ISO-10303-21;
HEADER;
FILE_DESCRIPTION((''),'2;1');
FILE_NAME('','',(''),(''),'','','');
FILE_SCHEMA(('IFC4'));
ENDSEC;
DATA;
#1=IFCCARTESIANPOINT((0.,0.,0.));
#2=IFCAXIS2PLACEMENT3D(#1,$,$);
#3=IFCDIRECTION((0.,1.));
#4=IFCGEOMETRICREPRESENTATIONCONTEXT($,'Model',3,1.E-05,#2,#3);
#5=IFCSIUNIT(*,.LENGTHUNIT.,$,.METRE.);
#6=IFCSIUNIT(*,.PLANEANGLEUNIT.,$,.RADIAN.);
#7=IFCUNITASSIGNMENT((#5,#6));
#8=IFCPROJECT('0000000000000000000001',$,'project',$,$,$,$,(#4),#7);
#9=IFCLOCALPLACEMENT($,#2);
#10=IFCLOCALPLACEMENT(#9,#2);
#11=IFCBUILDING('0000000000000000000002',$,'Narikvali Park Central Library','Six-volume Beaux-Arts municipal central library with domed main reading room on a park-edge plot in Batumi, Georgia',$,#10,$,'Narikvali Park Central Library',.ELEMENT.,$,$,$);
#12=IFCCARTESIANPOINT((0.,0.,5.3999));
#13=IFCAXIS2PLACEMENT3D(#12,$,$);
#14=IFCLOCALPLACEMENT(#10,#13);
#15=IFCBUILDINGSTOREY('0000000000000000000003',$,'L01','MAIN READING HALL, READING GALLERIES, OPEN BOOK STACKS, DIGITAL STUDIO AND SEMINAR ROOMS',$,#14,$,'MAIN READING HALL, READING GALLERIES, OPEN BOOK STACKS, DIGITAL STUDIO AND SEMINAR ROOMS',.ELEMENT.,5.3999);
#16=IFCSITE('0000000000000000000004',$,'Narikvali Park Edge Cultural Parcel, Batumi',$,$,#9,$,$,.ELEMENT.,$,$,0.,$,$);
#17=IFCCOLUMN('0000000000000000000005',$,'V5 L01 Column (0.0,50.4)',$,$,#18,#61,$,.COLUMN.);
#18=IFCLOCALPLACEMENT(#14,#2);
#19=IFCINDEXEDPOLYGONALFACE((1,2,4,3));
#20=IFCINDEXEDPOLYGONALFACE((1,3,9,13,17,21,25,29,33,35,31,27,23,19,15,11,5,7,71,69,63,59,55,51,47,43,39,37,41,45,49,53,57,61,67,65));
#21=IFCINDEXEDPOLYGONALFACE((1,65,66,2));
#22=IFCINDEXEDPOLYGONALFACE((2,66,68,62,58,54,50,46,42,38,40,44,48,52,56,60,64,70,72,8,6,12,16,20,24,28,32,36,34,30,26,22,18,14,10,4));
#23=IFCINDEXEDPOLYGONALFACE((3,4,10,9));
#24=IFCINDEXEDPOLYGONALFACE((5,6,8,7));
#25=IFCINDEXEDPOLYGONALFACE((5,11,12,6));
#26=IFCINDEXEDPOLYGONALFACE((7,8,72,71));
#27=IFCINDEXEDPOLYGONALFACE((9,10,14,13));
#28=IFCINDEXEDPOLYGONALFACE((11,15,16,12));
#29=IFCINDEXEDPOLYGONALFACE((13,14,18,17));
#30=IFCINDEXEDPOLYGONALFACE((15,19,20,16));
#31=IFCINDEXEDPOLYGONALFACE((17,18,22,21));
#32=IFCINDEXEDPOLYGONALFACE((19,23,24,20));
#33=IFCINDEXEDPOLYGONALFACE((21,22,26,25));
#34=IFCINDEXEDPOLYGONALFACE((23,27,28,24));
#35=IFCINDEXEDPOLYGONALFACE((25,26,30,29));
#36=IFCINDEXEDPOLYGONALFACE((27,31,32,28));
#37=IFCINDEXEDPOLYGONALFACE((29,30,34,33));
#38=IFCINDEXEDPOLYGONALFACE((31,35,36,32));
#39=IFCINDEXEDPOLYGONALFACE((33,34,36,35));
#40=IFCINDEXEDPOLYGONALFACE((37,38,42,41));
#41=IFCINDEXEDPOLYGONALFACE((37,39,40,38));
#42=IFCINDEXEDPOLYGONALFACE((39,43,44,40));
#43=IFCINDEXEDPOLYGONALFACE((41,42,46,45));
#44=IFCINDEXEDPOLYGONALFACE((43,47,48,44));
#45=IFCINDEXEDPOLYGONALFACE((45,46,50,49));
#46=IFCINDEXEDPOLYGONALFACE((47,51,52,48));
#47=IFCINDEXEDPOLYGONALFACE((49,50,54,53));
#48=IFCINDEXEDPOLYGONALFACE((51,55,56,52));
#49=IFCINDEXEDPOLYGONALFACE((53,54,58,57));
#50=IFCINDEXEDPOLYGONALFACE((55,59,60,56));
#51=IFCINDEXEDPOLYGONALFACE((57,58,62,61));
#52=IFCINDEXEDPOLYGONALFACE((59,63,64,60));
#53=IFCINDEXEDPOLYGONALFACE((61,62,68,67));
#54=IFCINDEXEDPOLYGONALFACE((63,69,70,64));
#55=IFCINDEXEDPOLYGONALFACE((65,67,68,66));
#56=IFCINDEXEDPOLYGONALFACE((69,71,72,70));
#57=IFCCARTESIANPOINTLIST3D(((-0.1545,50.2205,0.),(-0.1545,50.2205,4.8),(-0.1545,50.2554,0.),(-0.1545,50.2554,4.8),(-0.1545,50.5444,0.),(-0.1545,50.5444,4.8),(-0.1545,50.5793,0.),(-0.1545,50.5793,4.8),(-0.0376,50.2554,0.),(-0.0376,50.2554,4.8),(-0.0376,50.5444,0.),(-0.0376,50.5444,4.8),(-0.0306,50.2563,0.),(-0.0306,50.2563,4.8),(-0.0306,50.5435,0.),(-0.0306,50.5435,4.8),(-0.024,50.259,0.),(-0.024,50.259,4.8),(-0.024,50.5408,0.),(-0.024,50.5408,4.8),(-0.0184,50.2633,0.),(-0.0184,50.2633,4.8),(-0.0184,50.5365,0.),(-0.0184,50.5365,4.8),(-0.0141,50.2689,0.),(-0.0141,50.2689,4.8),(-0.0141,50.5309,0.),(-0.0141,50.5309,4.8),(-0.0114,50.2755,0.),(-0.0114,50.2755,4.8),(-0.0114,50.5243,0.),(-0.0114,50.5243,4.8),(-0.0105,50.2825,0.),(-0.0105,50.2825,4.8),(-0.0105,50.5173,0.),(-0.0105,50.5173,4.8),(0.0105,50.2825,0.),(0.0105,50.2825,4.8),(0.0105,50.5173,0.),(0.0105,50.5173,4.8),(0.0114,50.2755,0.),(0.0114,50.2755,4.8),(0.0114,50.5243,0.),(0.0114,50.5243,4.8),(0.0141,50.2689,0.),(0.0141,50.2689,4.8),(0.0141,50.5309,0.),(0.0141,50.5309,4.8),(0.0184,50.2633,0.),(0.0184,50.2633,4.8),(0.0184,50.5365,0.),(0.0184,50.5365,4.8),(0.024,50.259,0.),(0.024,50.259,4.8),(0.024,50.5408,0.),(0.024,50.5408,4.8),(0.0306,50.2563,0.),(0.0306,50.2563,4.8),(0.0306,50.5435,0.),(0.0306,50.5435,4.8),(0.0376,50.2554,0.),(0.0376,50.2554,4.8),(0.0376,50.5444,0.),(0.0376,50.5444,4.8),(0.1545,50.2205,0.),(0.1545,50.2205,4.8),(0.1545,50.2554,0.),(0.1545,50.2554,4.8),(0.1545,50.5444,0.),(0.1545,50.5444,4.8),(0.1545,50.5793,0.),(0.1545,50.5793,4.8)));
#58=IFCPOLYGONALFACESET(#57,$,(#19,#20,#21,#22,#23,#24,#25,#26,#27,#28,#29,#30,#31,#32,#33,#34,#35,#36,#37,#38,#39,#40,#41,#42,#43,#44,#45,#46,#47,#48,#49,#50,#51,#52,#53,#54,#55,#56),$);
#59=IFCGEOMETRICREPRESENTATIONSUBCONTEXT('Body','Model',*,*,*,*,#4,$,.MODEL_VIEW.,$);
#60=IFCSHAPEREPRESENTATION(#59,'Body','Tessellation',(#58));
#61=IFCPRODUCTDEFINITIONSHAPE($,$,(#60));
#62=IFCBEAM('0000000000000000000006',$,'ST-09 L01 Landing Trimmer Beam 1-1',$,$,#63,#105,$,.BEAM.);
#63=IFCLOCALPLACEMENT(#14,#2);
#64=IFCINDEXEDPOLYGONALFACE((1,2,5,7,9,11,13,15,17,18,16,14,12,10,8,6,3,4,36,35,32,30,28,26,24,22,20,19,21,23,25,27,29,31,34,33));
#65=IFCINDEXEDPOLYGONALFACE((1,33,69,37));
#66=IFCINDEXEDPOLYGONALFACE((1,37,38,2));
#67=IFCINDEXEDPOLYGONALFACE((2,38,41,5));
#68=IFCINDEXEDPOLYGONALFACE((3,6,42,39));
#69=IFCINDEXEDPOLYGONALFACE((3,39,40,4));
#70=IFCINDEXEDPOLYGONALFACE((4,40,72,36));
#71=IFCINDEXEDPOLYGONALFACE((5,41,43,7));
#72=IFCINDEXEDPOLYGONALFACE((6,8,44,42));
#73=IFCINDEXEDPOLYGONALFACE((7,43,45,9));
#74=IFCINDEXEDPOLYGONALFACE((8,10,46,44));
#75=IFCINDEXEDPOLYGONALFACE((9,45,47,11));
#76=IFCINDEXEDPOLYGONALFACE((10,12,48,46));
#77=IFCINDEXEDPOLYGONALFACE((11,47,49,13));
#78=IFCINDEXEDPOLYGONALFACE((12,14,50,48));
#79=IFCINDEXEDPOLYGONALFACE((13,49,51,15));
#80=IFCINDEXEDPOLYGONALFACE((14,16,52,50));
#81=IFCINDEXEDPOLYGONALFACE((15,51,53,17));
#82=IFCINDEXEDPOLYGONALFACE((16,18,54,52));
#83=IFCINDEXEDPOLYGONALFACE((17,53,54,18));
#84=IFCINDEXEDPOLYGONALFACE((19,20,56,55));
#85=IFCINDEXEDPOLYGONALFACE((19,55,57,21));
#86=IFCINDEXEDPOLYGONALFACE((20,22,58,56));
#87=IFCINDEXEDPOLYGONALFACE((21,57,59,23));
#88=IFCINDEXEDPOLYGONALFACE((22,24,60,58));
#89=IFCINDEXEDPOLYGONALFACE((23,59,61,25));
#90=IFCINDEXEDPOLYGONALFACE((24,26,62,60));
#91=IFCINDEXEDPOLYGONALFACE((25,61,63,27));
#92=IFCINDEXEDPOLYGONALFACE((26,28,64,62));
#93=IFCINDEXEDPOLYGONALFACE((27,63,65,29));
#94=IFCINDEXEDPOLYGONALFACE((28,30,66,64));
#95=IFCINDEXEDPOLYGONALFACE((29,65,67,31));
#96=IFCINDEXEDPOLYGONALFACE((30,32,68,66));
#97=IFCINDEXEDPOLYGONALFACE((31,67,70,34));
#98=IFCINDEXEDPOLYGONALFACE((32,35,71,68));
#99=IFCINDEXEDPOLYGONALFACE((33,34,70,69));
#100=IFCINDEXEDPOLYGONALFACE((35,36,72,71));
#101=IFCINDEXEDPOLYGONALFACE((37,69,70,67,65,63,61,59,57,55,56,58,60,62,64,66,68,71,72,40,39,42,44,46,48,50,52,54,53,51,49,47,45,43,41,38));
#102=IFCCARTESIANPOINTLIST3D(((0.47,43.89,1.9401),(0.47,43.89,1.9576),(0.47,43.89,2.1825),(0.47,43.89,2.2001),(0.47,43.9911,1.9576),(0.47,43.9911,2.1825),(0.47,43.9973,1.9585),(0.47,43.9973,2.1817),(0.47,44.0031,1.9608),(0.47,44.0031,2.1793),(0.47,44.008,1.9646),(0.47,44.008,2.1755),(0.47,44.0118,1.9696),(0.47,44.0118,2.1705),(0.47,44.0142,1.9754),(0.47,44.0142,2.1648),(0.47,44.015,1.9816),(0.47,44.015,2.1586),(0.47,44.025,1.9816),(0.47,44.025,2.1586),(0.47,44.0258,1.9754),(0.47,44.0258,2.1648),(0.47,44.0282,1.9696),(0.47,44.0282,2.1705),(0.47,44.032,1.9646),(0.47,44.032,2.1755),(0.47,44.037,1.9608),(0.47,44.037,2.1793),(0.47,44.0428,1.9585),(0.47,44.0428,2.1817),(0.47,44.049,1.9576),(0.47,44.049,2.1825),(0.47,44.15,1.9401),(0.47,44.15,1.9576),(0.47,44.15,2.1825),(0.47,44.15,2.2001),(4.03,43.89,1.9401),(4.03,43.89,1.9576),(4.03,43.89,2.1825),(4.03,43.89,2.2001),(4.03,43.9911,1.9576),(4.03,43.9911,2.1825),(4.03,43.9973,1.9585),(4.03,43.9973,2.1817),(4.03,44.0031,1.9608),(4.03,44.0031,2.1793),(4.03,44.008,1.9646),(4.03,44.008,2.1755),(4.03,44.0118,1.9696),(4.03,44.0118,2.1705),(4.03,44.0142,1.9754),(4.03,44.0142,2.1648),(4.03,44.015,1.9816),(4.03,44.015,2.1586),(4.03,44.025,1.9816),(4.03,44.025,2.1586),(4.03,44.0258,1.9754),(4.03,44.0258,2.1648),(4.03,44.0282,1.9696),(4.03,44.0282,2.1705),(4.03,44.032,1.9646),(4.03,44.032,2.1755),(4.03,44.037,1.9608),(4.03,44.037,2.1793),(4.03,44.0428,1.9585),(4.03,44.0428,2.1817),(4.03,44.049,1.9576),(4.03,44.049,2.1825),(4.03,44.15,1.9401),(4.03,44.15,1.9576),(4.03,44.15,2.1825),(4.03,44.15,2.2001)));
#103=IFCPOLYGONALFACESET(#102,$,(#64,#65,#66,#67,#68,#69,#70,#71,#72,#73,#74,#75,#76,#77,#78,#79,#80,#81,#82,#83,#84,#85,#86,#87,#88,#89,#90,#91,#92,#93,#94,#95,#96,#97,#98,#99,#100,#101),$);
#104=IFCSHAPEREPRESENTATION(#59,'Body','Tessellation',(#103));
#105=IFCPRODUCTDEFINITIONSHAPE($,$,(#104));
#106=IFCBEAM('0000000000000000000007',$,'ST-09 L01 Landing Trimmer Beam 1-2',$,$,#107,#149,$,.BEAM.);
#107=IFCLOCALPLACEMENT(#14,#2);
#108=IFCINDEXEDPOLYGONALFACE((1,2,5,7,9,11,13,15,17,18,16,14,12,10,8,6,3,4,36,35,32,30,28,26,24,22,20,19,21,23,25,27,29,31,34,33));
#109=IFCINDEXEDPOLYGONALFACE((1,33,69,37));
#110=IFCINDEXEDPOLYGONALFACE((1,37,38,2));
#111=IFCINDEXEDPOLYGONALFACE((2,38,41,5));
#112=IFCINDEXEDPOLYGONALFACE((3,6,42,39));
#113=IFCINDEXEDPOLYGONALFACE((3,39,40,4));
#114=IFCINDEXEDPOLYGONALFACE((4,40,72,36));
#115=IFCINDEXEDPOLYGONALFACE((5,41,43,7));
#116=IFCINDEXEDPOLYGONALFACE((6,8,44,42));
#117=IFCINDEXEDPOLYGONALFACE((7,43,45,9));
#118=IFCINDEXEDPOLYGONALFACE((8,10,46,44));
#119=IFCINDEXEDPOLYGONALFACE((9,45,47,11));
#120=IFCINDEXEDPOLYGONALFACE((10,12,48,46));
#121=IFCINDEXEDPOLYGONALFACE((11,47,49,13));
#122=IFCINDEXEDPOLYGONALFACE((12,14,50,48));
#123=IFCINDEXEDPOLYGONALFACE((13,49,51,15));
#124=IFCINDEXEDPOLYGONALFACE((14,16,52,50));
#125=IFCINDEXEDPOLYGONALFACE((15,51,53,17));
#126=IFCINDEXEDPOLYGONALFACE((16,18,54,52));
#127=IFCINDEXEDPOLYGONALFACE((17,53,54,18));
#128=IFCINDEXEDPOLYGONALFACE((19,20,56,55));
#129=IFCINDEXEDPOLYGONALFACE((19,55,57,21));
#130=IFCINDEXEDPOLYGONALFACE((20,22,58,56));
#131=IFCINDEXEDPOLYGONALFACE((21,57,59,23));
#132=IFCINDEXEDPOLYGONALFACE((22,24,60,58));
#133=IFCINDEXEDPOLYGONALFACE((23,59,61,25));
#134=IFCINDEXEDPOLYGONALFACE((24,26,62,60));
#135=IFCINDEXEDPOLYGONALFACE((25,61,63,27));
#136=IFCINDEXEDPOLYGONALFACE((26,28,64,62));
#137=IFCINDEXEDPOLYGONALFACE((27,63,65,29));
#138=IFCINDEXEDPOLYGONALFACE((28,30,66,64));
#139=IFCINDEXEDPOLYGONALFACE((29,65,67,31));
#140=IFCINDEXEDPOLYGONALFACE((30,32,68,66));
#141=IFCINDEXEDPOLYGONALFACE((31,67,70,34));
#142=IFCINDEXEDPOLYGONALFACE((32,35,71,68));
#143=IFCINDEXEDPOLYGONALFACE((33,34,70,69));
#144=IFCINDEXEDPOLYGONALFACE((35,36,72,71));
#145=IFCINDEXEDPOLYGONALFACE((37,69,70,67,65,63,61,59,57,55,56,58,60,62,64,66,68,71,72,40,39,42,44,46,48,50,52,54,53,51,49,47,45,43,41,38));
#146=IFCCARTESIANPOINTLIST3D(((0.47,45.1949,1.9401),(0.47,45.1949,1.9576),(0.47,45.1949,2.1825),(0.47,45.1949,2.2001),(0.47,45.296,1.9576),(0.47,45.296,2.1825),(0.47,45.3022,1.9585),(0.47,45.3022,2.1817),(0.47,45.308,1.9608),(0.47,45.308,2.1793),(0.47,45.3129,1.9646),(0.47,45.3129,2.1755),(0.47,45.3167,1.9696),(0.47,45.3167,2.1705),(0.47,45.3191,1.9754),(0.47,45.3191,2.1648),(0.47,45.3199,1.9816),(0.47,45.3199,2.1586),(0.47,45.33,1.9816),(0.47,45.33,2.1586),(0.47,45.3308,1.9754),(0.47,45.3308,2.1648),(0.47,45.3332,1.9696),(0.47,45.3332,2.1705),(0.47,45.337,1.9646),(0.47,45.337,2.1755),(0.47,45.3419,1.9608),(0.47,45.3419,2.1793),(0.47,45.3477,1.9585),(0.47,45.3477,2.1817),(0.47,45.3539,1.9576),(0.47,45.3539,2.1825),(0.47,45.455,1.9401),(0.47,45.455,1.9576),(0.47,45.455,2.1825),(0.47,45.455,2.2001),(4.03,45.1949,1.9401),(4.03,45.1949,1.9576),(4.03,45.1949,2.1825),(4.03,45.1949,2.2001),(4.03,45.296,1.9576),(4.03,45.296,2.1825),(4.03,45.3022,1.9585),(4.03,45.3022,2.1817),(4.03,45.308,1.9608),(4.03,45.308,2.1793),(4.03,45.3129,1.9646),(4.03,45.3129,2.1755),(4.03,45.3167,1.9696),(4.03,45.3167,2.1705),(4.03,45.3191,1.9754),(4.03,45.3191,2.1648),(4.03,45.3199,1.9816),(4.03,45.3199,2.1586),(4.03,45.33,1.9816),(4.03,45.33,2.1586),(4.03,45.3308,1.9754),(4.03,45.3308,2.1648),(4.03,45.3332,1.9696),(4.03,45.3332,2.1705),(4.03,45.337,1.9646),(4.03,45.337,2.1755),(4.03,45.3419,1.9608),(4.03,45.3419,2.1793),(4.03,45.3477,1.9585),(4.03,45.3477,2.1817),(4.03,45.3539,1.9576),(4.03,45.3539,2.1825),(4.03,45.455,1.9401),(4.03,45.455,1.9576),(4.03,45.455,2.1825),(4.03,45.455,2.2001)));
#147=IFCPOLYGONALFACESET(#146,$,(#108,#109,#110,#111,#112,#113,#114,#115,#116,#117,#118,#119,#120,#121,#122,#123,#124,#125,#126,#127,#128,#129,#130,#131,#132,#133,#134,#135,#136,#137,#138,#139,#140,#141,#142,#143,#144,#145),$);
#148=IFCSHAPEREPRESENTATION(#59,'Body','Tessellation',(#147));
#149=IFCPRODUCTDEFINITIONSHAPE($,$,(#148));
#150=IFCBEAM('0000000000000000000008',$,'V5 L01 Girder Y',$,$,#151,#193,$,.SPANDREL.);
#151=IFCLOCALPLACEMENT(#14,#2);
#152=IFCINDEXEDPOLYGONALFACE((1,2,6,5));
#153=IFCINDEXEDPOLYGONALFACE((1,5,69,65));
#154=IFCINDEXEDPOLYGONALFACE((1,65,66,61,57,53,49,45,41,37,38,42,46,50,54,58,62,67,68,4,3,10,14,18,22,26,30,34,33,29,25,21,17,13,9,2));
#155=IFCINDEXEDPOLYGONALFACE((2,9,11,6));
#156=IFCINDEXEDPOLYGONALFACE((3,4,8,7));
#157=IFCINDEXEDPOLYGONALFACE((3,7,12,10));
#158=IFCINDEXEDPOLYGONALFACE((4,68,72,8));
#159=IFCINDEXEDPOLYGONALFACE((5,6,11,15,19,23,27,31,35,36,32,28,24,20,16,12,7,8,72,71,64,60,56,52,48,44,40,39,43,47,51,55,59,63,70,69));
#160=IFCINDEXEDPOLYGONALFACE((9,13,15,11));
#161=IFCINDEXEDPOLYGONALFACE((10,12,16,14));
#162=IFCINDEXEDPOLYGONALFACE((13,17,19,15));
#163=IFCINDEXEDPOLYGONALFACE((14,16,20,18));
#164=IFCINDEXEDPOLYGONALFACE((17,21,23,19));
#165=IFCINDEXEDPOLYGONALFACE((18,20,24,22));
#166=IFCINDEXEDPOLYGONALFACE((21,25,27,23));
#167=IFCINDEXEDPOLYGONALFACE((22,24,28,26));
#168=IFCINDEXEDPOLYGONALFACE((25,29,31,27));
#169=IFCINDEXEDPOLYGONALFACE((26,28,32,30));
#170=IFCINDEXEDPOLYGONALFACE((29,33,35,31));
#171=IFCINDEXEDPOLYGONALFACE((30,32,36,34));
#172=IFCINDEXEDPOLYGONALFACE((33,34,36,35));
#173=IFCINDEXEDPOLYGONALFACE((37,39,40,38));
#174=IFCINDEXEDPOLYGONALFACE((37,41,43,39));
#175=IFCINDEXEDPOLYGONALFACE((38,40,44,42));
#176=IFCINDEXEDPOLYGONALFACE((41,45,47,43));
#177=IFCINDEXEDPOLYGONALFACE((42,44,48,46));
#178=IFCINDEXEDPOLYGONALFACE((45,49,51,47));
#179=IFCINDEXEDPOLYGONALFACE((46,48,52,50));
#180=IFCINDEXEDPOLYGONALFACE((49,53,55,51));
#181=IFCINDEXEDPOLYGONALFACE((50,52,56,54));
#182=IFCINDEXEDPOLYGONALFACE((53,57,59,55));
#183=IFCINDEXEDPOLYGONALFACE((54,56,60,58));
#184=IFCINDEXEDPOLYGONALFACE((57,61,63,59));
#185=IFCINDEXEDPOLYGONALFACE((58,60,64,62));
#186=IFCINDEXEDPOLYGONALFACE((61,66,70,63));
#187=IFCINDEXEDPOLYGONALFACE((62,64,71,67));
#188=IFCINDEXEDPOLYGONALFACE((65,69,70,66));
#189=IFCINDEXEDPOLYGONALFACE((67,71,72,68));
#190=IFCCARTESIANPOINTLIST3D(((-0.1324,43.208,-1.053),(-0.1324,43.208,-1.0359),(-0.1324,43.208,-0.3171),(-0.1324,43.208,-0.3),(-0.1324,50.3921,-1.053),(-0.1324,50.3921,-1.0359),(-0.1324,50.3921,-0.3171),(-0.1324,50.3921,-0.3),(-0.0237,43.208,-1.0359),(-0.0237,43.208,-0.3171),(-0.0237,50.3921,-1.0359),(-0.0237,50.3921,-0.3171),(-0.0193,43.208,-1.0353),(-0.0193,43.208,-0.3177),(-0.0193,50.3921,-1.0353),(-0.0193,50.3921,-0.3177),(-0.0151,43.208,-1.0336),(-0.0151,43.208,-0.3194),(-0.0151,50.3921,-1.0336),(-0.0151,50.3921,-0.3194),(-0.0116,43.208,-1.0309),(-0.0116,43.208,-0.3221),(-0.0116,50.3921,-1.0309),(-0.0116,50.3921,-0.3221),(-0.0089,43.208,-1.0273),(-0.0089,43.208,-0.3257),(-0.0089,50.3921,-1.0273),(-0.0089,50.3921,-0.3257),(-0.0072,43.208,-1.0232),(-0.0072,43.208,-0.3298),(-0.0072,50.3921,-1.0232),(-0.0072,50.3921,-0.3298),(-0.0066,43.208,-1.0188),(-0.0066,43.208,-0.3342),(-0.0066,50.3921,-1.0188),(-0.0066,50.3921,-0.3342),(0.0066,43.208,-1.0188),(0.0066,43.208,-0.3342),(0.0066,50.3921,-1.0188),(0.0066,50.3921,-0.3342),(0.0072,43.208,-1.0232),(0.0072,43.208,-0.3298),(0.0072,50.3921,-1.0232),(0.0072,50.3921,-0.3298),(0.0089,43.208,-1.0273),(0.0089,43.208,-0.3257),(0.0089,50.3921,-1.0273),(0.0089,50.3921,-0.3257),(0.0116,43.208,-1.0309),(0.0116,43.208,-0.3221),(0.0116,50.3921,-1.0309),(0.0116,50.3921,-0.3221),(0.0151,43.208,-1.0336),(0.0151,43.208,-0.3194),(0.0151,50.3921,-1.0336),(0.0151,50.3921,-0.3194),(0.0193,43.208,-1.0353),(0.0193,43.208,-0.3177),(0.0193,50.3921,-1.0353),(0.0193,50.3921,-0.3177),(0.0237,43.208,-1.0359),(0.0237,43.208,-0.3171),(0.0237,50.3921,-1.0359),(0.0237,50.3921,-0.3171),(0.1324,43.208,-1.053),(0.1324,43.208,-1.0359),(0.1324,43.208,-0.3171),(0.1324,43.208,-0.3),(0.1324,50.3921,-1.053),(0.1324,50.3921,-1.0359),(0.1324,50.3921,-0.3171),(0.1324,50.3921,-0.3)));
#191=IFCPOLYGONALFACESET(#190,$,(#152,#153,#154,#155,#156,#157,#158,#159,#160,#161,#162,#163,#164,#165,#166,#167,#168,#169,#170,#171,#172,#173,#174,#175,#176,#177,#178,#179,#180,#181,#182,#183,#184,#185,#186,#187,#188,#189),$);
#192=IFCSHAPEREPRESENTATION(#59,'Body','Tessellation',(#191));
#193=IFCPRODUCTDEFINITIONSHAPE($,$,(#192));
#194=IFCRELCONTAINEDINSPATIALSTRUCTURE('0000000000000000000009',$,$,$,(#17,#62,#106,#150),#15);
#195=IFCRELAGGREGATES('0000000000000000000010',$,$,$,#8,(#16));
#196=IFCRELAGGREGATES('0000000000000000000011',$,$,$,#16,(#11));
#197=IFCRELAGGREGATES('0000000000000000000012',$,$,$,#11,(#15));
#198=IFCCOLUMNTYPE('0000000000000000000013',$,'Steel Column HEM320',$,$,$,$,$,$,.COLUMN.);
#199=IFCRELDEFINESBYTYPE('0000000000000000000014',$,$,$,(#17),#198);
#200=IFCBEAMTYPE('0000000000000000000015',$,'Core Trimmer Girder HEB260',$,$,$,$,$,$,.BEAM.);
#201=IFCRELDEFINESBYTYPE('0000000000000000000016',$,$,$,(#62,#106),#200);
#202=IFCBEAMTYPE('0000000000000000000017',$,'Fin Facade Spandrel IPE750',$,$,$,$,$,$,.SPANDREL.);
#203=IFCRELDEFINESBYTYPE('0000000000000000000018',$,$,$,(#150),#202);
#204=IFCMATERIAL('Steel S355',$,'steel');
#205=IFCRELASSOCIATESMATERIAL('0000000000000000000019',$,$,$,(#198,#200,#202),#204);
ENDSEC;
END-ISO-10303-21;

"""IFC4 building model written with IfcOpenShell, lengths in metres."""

from ifc_helpers import new_model, si_unit, direction, frame, origin, origin_2d, place, context, subcontext, project, spatial, i_section, extrude, material, material_profile, profile_set, type_object, element, save


model = new_model("IFC4")

# Units and contexts
model_context = context("Model", 3, precision=1e-05, world=origin(), true_north=direction((0.0, 1.0)))
body_context = subcontext(model_context, "Body", "Model", "MODEL_VIEW")
ifc_project = project(units=[si_unit("LENGTHUNIT", "METRE"), si_unit("PLANEANGLEUNIT", "RADIAN")], contexts=[model_context])

# Site, building, storey
site_placement = place(None, origin())
site = spatial("IfcSite", under=ifc_project, at=site_placement, Name="Narikvali Park Edge Cultural Parcel, Batumi", CompositionType="ELEMENT", RefElevation=0.0)
building_placement = place(site_placement, origin())
building = spatial("IfcBuilding", under=site, at=building_placement, Name="Narikvali Park Central Library", Description="Six-volume Beaux-Arts municipal central library with domed main reading room on a park-edge plot in Batumi, Georgia", LongName="Narikvali Park Central Library", CompositionType="ELEMENT")
storey_placement = place(building_placement, frame((0.0, 0.0, 5.3999)))
storey = spatial("IfcBuildingStorey", under=building, at=storey_placement, Name="L01", Description="MAIN READING HALL, READING GALLERIES, OPEN BOOK STACKS, DIGITAL STUDIO AND SEMINAR ROOMS", LongName="MAIN READING HALL, READING GALLERIES, OPEN BOOK STACKS, DIGITAL STUDIO AND SEMINAR ROOMS", CompositionType="ELEMENT", Elevation=5.3999)

# Column
ifc_material_1 = material(Name="Steel S355", Category="steel")
ifc_material_profile_1 = material_profile(ifc_material_1, i_section(OverallWidth=0.3091, OverallDepth=0.3589, WebThickness=0.021, FlangeThickness=0.0349, FilletRadius=0.0271, at=origin_2d()), Name="HEM 320")
ifc_profile_set_1 = profile_set([ifc_material_profile_1], Name="Steel S355")
column_type = type_object("IfcColumnType", Name="Steel Column HEM320", PredefinedType="COLUMN", material=ifc_profile_set_1)
column_placement = place(storey_placement, frame((0.0, 50.3999, 0.0), z_axis=(0.0, 0.0, 1.0), x_axis=(1.0, 0.0, 0.0)))
element("IfcColumn", 1, at=column_placement, inside=storey, type_object=column_type, Name="V5 L01 Column (0.0,50.4)", PredefinedType="COLUMN", context=body_context, shape_type="SweptSolid", body=[
    extrude(i_section(OverallWidth=0.3091, OverallDepth=0.3589, WebThickness=0.021, FlangeThickness=0.0349, FilletRadius=0.0271, at=origin_2d()), origin(), (0.0, 0.0, 1.0), 4.8),
])

# Beams
ifc_material_profile_2 = material_profile(ifc_material_1, i_section(OverallWidth=0.26, OverallDepth=0.26, WebThickness=0.01, FlangeThickness=0.0176, FilletRadius=0.0239, at=origin_2d()), Name="HEB 260")
ifc_profile_set_2 = profile_set([ifc_material_profile_2], Name="Steel S355")
beam_type_1 = type_object("IfcBeamType", Name="Core Trimmer Girder HEB260", PredefinedType="BEAM", material=ifc_profile_set_2)
for number, where, z_axis, x_axis, name in (
    (2, (0.47, 44.02, 2.0701), (1.0, 0.0, 0.0), (0.0, 1.0, 0.0), "ST-09 L01 Landing Trimmer Beam 1-1"),
    (3, (0.47, 45.325, 2.0701), (1.0, 0.0, 0.0), (0.0, 1.0, 0.0), "ST-09 L01 Landing Trimmer Beam 1-2"),
):
    element("IfcBeam", number, at=place(storey_placement, frame(where, z_axis=z_axis, x_axis=x_axis)), inside=storey, type_object=beam_type_1, Name=name, PredefinedType="BEAM", context=body_context, shape_type="SweptSolid", body=[
        extrude(i_section(OverallWidth=0.26, OverallDepth=0.26, WebThickness=0.01, FlangeThickness=0.0176, FilletRadius=0.0239, at=origin_2d()), origin(), (0.0, 0.0, 1.0), 3.5601),
    ])
ifc_material_profile_3 = material_profile(ifc_material_1, i_section(OverallWidth=0.2649, OverallDepth=0.7529, WebThickness=0.0132, FlangeThickness=0.0171, FilletRadius=0.0171, at=origin_2d()), Name="IPE 750x147")
ifc_profile_set_3 = profile_set([ifc_material_profile_3], Name="Steel S355")
beam_type_2 = type_object("IfcBeamType", Name="Fin Facade Spandrel IPE750", PredefinedType="SPANDREL", material=ifc_profile_set_3)
for number, where, z_axis, x_axis, name in (
    (4, (0.0, 43.208, -0.6765), (0.0, 1.0, 0.0), (-1.0, 0.0, 0.0), "V5 L01 Girder Y"),
):
    element("IfcBeam", number, at=place(storey_placement, frame(where, z_axis=z_axis, x_axis=x_axis)), inside=storey, type_object=beam_type_2, Name=name, PredefinedType="SPANDREL", context=body_context, shape_type="SweptSolid", body=[
        extrude(i_section(OverallWidth=0.2649, OverallDepth=0.7529, WebThickness=0.0132, FlangeThickness=0.0171, FilletRadius=0.0171, at=origin_2d()), origin(), (0.0, 0.0, 1.0), 7.1841),
    ])

save(model, "model.ifc")
